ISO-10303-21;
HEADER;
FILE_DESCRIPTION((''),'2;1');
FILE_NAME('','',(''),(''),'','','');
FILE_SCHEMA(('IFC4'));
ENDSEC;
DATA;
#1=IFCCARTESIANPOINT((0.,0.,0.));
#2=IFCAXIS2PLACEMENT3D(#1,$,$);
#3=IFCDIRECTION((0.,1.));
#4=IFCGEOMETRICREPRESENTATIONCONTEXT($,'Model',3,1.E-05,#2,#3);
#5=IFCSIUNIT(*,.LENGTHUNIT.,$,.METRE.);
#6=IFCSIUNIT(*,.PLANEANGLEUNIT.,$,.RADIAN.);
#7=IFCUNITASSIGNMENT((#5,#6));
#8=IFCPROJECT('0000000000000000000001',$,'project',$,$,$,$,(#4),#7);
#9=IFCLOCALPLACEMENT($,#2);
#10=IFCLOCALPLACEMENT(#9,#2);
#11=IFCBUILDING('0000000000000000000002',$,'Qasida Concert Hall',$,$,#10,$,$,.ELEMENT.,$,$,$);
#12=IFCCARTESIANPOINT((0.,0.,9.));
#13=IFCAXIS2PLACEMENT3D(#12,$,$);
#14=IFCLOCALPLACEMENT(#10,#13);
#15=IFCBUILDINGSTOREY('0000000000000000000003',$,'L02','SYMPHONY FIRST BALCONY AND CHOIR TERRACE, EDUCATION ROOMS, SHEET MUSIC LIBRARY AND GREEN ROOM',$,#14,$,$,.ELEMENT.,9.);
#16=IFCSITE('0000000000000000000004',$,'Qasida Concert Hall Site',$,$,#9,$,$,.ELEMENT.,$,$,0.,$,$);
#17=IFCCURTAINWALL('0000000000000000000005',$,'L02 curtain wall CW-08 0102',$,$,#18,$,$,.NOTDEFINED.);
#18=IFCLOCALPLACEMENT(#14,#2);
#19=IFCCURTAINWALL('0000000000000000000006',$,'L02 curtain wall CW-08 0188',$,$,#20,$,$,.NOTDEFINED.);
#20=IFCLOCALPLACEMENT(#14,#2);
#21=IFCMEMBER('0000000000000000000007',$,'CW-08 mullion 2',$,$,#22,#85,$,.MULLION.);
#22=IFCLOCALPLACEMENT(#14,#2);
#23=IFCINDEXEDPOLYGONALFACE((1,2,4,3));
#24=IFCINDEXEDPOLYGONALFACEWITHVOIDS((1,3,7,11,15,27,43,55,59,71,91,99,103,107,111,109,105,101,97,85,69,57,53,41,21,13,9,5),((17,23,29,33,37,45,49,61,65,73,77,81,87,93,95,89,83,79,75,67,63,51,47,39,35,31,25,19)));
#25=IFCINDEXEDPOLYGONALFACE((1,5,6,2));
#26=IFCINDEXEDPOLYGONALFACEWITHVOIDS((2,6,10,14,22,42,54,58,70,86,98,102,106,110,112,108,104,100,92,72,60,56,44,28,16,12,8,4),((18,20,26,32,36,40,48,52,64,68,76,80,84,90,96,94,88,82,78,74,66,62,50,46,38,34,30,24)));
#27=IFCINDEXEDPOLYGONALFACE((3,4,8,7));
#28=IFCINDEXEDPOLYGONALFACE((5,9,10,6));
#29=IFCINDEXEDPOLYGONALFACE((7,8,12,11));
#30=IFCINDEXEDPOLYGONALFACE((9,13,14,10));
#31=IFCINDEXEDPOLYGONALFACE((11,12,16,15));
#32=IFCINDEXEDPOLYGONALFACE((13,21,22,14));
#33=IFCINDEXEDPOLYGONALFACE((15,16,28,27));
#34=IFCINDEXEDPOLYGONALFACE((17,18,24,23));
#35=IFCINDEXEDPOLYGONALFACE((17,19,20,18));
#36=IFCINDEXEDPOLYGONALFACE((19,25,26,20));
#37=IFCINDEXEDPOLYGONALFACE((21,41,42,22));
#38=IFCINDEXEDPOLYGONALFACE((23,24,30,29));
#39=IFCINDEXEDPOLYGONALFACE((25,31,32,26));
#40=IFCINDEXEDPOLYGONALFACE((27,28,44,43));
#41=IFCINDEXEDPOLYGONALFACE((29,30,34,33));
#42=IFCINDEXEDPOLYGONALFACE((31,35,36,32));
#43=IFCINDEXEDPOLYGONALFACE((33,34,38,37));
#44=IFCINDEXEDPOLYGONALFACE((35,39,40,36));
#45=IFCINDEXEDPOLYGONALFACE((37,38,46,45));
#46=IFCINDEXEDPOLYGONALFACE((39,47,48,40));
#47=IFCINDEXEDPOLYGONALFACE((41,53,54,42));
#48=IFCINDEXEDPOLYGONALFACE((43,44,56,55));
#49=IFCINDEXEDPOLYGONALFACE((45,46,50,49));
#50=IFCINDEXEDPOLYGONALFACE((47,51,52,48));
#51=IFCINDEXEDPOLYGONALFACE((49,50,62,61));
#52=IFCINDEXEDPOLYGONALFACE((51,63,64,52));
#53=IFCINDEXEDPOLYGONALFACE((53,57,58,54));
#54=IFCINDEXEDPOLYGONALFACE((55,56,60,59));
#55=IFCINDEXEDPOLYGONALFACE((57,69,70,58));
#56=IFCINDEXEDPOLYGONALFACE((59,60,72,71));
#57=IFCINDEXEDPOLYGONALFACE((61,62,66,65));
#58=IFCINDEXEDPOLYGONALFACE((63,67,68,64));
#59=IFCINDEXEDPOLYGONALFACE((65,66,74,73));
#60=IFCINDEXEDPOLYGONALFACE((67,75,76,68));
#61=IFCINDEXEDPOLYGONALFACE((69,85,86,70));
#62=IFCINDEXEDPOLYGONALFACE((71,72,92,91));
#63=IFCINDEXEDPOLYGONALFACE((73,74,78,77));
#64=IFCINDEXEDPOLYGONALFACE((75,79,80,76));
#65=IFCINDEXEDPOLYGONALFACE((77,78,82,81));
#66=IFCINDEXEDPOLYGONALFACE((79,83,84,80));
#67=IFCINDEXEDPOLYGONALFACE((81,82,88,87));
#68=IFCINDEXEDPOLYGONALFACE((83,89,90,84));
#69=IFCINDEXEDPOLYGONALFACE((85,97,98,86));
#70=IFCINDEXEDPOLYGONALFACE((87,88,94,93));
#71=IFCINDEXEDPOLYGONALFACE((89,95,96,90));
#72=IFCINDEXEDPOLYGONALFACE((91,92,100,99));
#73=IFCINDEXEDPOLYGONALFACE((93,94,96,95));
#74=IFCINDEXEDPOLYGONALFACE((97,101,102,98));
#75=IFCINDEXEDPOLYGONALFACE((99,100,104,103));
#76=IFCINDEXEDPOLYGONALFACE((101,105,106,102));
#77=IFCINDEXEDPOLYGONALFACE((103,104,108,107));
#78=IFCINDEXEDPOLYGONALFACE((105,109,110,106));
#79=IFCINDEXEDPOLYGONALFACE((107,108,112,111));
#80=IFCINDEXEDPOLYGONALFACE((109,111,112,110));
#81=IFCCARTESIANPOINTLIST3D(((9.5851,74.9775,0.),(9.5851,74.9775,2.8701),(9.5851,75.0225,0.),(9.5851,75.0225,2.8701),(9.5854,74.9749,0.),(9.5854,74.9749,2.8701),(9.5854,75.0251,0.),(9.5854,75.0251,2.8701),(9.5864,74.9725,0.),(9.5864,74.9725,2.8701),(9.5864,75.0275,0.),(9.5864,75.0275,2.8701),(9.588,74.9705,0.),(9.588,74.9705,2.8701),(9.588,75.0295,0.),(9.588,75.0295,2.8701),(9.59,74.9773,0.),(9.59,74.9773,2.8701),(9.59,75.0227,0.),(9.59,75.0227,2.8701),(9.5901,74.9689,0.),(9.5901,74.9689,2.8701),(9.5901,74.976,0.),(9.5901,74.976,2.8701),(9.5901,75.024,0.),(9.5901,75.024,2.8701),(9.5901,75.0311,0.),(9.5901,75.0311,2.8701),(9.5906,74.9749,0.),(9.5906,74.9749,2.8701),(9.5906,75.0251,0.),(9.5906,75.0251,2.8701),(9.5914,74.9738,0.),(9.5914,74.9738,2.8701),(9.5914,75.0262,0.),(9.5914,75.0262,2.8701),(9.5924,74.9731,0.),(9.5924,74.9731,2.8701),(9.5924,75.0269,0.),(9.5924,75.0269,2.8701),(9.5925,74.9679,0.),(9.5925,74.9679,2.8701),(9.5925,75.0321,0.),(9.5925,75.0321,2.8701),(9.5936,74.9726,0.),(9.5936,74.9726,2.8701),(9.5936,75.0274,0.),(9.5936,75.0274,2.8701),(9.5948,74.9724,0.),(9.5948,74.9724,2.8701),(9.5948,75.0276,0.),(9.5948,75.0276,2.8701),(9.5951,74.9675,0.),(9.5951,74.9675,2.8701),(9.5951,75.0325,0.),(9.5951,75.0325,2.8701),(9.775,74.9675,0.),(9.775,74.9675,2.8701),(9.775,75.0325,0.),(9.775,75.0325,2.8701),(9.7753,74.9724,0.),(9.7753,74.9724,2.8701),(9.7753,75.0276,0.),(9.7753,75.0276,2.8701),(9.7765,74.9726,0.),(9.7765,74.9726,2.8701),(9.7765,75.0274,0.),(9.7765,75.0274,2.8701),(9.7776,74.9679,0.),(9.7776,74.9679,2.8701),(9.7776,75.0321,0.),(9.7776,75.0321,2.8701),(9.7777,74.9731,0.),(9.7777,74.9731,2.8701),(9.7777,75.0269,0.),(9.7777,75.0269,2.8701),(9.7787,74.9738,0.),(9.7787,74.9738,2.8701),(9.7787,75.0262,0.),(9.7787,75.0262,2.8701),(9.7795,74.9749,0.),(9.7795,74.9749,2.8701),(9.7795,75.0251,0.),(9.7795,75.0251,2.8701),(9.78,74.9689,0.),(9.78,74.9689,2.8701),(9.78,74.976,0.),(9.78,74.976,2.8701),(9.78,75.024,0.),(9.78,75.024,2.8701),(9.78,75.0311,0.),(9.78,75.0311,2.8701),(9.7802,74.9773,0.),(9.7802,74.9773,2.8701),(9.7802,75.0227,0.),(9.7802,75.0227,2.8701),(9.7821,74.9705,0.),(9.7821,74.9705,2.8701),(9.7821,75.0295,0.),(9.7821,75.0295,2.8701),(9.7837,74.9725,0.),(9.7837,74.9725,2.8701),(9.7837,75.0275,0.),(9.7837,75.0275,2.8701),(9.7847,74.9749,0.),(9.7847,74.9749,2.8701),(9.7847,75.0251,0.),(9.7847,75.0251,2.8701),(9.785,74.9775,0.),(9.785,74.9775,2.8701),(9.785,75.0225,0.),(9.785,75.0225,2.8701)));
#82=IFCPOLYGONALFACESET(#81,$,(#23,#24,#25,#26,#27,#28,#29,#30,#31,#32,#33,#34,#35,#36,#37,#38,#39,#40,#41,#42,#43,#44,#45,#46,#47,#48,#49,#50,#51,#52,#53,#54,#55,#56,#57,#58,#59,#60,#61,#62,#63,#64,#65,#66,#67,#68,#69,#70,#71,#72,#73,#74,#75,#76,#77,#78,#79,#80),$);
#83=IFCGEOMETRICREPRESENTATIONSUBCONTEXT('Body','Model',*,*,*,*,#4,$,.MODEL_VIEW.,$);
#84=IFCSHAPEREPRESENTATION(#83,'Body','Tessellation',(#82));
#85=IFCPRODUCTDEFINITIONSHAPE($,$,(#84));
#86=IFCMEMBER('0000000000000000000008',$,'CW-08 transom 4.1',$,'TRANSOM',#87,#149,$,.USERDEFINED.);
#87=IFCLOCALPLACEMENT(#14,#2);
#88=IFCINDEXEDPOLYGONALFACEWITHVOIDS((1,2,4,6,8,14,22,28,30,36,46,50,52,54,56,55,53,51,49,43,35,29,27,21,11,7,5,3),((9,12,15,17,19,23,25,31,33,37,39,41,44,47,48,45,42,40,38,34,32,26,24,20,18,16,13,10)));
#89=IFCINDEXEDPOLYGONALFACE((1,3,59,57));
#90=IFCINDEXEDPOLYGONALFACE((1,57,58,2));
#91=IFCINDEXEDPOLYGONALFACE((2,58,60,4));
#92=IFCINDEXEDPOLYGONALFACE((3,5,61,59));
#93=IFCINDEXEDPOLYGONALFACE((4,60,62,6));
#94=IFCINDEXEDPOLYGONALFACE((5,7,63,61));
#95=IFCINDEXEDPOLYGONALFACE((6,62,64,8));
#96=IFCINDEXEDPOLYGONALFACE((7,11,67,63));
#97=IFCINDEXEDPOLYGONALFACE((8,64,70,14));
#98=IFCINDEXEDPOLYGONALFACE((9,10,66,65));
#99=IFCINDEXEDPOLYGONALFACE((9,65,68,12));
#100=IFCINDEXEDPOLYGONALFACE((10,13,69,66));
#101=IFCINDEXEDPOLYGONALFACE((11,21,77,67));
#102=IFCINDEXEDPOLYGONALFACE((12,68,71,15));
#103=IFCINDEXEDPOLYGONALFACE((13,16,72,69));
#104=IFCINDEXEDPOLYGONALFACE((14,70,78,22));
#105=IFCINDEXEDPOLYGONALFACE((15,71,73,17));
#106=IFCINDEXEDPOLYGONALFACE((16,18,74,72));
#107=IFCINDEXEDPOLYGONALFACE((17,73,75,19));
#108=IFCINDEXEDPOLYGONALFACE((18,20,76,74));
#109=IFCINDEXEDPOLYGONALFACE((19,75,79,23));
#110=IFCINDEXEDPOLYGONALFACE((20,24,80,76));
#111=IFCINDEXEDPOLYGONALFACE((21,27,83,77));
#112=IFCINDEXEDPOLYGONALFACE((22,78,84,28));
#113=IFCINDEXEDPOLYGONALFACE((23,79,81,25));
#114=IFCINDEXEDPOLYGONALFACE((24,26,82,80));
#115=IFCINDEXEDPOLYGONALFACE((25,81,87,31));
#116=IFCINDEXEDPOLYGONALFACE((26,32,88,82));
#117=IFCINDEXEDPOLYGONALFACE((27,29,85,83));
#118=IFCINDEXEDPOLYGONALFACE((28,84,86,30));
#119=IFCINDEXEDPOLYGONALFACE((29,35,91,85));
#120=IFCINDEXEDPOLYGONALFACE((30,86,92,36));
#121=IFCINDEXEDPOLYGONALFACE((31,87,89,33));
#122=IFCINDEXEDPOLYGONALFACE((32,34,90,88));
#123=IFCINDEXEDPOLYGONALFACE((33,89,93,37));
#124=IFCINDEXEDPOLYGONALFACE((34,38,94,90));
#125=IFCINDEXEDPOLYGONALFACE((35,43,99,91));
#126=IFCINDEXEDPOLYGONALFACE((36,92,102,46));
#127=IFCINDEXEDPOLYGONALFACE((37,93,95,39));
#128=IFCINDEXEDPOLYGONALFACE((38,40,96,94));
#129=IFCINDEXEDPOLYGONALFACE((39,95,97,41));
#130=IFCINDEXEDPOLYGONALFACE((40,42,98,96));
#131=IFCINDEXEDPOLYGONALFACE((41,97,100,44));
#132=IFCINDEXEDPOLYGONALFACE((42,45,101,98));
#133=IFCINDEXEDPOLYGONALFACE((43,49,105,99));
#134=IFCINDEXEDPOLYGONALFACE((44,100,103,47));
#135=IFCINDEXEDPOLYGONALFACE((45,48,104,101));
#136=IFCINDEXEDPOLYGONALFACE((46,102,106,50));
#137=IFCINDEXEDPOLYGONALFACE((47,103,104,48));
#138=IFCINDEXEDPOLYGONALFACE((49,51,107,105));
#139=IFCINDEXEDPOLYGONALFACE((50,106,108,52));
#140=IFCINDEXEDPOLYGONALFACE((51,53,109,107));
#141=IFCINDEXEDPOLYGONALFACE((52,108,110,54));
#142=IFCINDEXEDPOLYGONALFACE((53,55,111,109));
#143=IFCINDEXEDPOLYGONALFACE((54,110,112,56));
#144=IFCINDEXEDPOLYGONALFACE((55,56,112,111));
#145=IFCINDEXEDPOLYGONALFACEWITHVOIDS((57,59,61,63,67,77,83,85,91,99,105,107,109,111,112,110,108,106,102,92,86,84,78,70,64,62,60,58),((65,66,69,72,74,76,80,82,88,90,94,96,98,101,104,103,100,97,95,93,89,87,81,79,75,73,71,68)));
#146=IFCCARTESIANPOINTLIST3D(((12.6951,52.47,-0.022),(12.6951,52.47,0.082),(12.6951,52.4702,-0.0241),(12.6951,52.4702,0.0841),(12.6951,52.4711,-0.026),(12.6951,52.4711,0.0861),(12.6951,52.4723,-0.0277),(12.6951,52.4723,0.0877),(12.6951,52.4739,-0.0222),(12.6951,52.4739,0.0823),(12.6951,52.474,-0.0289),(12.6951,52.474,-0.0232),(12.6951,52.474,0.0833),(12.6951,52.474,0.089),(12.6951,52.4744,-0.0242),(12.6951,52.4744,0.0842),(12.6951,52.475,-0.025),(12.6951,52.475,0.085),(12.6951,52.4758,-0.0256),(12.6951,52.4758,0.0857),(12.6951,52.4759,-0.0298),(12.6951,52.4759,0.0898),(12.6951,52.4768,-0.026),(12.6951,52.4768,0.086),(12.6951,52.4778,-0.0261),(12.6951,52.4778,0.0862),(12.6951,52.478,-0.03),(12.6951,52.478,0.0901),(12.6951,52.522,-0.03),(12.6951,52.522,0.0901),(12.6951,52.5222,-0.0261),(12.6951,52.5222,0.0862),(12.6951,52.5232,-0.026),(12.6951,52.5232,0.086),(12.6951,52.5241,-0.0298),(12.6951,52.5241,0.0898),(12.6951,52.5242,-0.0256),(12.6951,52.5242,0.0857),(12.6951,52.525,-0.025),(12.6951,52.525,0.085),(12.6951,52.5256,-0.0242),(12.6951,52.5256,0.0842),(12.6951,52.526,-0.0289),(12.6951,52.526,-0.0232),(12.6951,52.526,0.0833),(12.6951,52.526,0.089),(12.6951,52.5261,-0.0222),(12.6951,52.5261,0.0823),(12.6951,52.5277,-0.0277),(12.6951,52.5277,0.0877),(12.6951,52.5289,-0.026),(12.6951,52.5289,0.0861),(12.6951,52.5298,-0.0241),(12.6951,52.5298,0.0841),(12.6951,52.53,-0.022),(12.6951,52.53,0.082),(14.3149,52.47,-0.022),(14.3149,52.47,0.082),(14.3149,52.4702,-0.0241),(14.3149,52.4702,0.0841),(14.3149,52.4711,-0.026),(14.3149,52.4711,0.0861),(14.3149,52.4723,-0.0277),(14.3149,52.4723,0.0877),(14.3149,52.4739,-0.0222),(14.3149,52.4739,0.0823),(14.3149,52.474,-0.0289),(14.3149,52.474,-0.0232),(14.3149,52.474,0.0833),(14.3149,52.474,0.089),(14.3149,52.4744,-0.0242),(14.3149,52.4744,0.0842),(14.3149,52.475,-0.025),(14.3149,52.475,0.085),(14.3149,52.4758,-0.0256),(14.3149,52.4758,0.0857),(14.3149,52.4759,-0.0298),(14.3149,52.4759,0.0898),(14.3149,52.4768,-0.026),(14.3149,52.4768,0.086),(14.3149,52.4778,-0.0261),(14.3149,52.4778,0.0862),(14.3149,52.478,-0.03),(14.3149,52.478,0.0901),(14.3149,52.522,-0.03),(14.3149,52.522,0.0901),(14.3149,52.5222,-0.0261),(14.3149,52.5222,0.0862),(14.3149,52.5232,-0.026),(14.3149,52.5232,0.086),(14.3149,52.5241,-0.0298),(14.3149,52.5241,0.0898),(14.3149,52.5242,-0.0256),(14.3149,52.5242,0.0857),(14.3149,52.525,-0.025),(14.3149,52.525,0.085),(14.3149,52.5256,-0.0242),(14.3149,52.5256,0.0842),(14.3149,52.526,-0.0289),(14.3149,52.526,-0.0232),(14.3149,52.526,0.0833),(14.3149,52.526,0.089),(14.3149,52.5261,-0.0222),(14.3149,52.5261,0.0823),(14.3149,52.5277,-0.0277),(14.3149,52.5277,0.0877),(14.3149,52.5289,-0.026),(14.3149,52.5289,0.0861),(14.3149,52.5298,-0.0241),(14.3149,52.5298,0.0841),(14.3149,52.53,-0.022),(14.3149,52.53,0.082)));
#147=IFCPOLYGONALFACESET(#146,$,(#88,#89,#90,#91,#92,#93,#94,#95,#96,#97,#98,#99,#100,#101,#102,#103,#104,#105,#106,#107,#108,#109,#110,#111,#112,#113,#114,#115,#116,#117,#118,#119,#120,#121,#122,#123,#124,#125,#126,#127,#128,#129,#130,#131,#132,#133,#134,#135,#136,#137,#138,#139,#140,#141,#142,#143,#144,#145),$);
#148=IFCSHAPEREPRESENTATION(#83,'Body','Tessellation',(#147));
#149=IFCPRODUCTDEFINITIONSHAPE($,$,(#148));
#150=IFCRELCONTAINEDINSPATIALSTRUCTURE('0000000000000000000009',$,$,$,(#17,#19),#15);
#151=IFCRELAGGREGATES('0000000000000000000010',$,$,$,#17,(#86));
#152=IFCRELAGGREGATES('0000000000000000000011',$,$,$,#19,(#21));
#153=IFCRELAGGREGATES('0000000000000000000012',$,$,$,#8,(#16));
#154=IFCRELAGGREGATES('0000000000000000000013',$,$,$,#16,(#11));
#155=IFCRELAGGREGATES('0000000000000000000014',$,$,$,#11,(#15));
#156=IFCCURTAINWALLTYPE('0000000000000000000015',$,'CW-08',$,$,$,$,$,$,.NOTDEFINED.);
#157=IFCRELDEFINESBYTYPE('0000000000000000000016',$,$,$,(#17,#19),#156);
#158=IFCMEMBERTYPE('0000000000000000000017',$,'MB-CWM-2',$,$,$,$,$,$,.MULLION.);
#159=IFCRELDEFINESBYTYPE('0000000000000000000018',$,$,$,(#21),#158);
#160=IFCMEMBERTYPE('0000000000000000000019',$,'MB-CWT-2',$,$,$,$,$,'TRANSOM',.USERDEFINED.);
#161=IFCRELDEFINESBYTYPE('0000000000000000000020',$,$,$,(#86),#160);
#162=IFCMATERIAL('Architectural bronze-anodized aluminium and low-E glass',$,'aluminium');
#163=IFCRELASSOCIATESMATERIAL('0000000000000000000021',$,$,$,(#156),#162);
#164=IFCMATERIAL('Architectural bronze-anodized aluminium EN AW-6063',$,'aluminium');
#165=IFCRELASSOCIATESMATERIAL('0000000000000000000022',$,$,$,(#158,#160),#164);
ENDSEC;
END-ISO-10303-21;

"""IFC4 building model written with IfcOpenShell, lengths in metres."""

from ifc_helpers import new_model, si_unit, direction, frame, origin, origin_2d, place, context, subcontext, project, spatial, hollow_rectangle, extrude, material, material_profile, profile_set, type_object, element, aggregate, save


model = new_model("IFC4")

# Units and contexts
model_context = context("Model", 3, precision=1e-05, world=origin(), true_north=direction((0.0, 1.0)))
body_context = subcontext(model_context, "Body", "Model", "MODEL_VIEW")
ifc_project = project(units=[si_unit("LENGTHUNIT", "METRE"), si_unit("PLANEANGLEUNIT", "RADIAN")], contexts=[model_context])

# Site, building, storey
site_placement = place(None, origin())
site = spatial("IfcSite", under=ifc_project, at=site_placement, Name="Qasida Concert Hall Site", CompositionType="ELEMENT", RefElevation=0.0)
building_placement = place(site_placement, origin())
building = spatial("IfcBuilding", under=site, at=building_placement, Name="Qasida Concert Hall", CompositionType="ELEMENT")
storey_placement = place(building_placement, frame((0.0, 0.0, 9.0)))
storey = spatial("IfcBuildingStorey", under=building, at=storey_placement, Name="L02", Description="SYMPHONY FIRST BALCONY AND CHOIR TERRACE, EDUCATION ROOMS, SHEET MUSIC LIBRARY AND GREEN ROOM", CompositionType="ELEMENT", Elevation=9.0)

# Curtain wall
ifc_material_1 = material(Name="Architectural bronze-anodized aluminium and low-E glass", Category="aluminium")
curtain_wall_type = type_object("IfcCurtainWallType", Name="CW-08", PredefinedType="NOTDEFINED", material=ifc_material_1)
curtain_wall_1_placement = place(storey_placement, origin())
curtain_wall_1 = element("IfcCurtainWall", 1, at=curtain_wall_1_placement, inside=storey, type_object=curtain_wall_type, Name="L02 curtain wall CW-08 0102", PredefinedType="NOTDEFINED")
ifc_material_2 = material(Name="Architectural bronze-anodized aluminium EN AW-6063", Category="aluminium")
ifc_material_profile_1 = material_profile(ifc_material_2, hollow_rectangle(XDim=0.0649, YDim=0.2, WallThickness=0.0049, InnerFilletRadius=0.0049, OuterFilletRadius=0.01, at=origin_2d()), Name="CWM 200x65x5")
ifc_profile_set_1 = profile_set([ifc_material_profile_1], Name="Architectural bronze-anodized aluminium EN AW-6063")
member_type_1 = type_object("IfcMemberType", Name="MB-CWM-2", PredefinedType="MULLION", material=ifc_profile_set_1)

# Curtain wall, member
curtain_wall_2_placement = place(storey_placement, origin())
curtain_wall_2 = element("IfcCurtainWall", 2, at=curtain_wall_2_placement, inside=storey, type_object=curtain_wall_type, Name="L02 curtain wall CW-08 0188", PredefinedType="NOTDEFINED")
member_1_placement = place(storey_placement, frame((9.6851, 75.0, 0.0), z_axis=(0.0, 0.0, 1.0), x_axis=(0.0, 1.0, 0.0)))
member_1 = element("IfcMember", 3, at=member_1_placement, type_object=member_type_1, Name="CW-08 mullion 2", PredefinedType="MULLION", context=body_context, shape_type="SweptSolid", body=[
    extrude(hollow_rectangle(XDim=0.0649, YDim=0.2, WallThickness=0.0049, InnerFilletRadius=0.0049, OuterFilletRadius=0.01, at=origin_2d()), origin(), (0.0, 0.0, 1.0), 2.8701),
])

# Member
ifc_material_profile_2 = material_profile(ifc_material_2, hollow_rectangle(XDim=0.0601, YDim=0.1201, WallThickness=0.0039, InnerFilletRadius=0.0039, OuterFilletRadius=0.0081, at=origin_2d()), Name="CWT 120x60x4")
ifc_profile_set_2 = profile_set([ifc_material_profile_2], Name="Architectural bronze-anodized aluminium EN AW-6063")
member_type_2 = type_object("IfcMemberType", Name="MB-CWT-2", ElementType="TRANSOM", PredefinedType="USERDEFINED", material=ifc_profile_set_2)
member_2_placement = place(storey_placement, frame((12.6951, 52.5, 0.03), z_axis=(1.0, 0.0, 0.0), x_axis=(0.0, 1.0, 0.0)))
member_2 = element("IfcMember", 4, at=member_2_placement, type_object=member_type_2, Name="CW-08 transom 4.1", ObjectType="TRANSOM", PredefinedType="USERDEFINED", context=body_context, shape_type="SweptSolid", body=[
    extrude(hollow_rectangle(XDim=0.0601, YDim=0.1201, WallThickness=0.0039, InnerFilletRadius=0.0039, OuterFilletRadius=0.0081, at=origin_2d()), origin(), (0.0, 0.0, 1.0), 1.6199),
])

aggregate(curtain_wall_1, [member_2])
aggregate(curtain_wall_2, [member_1])

save(model, "model.ifc")
